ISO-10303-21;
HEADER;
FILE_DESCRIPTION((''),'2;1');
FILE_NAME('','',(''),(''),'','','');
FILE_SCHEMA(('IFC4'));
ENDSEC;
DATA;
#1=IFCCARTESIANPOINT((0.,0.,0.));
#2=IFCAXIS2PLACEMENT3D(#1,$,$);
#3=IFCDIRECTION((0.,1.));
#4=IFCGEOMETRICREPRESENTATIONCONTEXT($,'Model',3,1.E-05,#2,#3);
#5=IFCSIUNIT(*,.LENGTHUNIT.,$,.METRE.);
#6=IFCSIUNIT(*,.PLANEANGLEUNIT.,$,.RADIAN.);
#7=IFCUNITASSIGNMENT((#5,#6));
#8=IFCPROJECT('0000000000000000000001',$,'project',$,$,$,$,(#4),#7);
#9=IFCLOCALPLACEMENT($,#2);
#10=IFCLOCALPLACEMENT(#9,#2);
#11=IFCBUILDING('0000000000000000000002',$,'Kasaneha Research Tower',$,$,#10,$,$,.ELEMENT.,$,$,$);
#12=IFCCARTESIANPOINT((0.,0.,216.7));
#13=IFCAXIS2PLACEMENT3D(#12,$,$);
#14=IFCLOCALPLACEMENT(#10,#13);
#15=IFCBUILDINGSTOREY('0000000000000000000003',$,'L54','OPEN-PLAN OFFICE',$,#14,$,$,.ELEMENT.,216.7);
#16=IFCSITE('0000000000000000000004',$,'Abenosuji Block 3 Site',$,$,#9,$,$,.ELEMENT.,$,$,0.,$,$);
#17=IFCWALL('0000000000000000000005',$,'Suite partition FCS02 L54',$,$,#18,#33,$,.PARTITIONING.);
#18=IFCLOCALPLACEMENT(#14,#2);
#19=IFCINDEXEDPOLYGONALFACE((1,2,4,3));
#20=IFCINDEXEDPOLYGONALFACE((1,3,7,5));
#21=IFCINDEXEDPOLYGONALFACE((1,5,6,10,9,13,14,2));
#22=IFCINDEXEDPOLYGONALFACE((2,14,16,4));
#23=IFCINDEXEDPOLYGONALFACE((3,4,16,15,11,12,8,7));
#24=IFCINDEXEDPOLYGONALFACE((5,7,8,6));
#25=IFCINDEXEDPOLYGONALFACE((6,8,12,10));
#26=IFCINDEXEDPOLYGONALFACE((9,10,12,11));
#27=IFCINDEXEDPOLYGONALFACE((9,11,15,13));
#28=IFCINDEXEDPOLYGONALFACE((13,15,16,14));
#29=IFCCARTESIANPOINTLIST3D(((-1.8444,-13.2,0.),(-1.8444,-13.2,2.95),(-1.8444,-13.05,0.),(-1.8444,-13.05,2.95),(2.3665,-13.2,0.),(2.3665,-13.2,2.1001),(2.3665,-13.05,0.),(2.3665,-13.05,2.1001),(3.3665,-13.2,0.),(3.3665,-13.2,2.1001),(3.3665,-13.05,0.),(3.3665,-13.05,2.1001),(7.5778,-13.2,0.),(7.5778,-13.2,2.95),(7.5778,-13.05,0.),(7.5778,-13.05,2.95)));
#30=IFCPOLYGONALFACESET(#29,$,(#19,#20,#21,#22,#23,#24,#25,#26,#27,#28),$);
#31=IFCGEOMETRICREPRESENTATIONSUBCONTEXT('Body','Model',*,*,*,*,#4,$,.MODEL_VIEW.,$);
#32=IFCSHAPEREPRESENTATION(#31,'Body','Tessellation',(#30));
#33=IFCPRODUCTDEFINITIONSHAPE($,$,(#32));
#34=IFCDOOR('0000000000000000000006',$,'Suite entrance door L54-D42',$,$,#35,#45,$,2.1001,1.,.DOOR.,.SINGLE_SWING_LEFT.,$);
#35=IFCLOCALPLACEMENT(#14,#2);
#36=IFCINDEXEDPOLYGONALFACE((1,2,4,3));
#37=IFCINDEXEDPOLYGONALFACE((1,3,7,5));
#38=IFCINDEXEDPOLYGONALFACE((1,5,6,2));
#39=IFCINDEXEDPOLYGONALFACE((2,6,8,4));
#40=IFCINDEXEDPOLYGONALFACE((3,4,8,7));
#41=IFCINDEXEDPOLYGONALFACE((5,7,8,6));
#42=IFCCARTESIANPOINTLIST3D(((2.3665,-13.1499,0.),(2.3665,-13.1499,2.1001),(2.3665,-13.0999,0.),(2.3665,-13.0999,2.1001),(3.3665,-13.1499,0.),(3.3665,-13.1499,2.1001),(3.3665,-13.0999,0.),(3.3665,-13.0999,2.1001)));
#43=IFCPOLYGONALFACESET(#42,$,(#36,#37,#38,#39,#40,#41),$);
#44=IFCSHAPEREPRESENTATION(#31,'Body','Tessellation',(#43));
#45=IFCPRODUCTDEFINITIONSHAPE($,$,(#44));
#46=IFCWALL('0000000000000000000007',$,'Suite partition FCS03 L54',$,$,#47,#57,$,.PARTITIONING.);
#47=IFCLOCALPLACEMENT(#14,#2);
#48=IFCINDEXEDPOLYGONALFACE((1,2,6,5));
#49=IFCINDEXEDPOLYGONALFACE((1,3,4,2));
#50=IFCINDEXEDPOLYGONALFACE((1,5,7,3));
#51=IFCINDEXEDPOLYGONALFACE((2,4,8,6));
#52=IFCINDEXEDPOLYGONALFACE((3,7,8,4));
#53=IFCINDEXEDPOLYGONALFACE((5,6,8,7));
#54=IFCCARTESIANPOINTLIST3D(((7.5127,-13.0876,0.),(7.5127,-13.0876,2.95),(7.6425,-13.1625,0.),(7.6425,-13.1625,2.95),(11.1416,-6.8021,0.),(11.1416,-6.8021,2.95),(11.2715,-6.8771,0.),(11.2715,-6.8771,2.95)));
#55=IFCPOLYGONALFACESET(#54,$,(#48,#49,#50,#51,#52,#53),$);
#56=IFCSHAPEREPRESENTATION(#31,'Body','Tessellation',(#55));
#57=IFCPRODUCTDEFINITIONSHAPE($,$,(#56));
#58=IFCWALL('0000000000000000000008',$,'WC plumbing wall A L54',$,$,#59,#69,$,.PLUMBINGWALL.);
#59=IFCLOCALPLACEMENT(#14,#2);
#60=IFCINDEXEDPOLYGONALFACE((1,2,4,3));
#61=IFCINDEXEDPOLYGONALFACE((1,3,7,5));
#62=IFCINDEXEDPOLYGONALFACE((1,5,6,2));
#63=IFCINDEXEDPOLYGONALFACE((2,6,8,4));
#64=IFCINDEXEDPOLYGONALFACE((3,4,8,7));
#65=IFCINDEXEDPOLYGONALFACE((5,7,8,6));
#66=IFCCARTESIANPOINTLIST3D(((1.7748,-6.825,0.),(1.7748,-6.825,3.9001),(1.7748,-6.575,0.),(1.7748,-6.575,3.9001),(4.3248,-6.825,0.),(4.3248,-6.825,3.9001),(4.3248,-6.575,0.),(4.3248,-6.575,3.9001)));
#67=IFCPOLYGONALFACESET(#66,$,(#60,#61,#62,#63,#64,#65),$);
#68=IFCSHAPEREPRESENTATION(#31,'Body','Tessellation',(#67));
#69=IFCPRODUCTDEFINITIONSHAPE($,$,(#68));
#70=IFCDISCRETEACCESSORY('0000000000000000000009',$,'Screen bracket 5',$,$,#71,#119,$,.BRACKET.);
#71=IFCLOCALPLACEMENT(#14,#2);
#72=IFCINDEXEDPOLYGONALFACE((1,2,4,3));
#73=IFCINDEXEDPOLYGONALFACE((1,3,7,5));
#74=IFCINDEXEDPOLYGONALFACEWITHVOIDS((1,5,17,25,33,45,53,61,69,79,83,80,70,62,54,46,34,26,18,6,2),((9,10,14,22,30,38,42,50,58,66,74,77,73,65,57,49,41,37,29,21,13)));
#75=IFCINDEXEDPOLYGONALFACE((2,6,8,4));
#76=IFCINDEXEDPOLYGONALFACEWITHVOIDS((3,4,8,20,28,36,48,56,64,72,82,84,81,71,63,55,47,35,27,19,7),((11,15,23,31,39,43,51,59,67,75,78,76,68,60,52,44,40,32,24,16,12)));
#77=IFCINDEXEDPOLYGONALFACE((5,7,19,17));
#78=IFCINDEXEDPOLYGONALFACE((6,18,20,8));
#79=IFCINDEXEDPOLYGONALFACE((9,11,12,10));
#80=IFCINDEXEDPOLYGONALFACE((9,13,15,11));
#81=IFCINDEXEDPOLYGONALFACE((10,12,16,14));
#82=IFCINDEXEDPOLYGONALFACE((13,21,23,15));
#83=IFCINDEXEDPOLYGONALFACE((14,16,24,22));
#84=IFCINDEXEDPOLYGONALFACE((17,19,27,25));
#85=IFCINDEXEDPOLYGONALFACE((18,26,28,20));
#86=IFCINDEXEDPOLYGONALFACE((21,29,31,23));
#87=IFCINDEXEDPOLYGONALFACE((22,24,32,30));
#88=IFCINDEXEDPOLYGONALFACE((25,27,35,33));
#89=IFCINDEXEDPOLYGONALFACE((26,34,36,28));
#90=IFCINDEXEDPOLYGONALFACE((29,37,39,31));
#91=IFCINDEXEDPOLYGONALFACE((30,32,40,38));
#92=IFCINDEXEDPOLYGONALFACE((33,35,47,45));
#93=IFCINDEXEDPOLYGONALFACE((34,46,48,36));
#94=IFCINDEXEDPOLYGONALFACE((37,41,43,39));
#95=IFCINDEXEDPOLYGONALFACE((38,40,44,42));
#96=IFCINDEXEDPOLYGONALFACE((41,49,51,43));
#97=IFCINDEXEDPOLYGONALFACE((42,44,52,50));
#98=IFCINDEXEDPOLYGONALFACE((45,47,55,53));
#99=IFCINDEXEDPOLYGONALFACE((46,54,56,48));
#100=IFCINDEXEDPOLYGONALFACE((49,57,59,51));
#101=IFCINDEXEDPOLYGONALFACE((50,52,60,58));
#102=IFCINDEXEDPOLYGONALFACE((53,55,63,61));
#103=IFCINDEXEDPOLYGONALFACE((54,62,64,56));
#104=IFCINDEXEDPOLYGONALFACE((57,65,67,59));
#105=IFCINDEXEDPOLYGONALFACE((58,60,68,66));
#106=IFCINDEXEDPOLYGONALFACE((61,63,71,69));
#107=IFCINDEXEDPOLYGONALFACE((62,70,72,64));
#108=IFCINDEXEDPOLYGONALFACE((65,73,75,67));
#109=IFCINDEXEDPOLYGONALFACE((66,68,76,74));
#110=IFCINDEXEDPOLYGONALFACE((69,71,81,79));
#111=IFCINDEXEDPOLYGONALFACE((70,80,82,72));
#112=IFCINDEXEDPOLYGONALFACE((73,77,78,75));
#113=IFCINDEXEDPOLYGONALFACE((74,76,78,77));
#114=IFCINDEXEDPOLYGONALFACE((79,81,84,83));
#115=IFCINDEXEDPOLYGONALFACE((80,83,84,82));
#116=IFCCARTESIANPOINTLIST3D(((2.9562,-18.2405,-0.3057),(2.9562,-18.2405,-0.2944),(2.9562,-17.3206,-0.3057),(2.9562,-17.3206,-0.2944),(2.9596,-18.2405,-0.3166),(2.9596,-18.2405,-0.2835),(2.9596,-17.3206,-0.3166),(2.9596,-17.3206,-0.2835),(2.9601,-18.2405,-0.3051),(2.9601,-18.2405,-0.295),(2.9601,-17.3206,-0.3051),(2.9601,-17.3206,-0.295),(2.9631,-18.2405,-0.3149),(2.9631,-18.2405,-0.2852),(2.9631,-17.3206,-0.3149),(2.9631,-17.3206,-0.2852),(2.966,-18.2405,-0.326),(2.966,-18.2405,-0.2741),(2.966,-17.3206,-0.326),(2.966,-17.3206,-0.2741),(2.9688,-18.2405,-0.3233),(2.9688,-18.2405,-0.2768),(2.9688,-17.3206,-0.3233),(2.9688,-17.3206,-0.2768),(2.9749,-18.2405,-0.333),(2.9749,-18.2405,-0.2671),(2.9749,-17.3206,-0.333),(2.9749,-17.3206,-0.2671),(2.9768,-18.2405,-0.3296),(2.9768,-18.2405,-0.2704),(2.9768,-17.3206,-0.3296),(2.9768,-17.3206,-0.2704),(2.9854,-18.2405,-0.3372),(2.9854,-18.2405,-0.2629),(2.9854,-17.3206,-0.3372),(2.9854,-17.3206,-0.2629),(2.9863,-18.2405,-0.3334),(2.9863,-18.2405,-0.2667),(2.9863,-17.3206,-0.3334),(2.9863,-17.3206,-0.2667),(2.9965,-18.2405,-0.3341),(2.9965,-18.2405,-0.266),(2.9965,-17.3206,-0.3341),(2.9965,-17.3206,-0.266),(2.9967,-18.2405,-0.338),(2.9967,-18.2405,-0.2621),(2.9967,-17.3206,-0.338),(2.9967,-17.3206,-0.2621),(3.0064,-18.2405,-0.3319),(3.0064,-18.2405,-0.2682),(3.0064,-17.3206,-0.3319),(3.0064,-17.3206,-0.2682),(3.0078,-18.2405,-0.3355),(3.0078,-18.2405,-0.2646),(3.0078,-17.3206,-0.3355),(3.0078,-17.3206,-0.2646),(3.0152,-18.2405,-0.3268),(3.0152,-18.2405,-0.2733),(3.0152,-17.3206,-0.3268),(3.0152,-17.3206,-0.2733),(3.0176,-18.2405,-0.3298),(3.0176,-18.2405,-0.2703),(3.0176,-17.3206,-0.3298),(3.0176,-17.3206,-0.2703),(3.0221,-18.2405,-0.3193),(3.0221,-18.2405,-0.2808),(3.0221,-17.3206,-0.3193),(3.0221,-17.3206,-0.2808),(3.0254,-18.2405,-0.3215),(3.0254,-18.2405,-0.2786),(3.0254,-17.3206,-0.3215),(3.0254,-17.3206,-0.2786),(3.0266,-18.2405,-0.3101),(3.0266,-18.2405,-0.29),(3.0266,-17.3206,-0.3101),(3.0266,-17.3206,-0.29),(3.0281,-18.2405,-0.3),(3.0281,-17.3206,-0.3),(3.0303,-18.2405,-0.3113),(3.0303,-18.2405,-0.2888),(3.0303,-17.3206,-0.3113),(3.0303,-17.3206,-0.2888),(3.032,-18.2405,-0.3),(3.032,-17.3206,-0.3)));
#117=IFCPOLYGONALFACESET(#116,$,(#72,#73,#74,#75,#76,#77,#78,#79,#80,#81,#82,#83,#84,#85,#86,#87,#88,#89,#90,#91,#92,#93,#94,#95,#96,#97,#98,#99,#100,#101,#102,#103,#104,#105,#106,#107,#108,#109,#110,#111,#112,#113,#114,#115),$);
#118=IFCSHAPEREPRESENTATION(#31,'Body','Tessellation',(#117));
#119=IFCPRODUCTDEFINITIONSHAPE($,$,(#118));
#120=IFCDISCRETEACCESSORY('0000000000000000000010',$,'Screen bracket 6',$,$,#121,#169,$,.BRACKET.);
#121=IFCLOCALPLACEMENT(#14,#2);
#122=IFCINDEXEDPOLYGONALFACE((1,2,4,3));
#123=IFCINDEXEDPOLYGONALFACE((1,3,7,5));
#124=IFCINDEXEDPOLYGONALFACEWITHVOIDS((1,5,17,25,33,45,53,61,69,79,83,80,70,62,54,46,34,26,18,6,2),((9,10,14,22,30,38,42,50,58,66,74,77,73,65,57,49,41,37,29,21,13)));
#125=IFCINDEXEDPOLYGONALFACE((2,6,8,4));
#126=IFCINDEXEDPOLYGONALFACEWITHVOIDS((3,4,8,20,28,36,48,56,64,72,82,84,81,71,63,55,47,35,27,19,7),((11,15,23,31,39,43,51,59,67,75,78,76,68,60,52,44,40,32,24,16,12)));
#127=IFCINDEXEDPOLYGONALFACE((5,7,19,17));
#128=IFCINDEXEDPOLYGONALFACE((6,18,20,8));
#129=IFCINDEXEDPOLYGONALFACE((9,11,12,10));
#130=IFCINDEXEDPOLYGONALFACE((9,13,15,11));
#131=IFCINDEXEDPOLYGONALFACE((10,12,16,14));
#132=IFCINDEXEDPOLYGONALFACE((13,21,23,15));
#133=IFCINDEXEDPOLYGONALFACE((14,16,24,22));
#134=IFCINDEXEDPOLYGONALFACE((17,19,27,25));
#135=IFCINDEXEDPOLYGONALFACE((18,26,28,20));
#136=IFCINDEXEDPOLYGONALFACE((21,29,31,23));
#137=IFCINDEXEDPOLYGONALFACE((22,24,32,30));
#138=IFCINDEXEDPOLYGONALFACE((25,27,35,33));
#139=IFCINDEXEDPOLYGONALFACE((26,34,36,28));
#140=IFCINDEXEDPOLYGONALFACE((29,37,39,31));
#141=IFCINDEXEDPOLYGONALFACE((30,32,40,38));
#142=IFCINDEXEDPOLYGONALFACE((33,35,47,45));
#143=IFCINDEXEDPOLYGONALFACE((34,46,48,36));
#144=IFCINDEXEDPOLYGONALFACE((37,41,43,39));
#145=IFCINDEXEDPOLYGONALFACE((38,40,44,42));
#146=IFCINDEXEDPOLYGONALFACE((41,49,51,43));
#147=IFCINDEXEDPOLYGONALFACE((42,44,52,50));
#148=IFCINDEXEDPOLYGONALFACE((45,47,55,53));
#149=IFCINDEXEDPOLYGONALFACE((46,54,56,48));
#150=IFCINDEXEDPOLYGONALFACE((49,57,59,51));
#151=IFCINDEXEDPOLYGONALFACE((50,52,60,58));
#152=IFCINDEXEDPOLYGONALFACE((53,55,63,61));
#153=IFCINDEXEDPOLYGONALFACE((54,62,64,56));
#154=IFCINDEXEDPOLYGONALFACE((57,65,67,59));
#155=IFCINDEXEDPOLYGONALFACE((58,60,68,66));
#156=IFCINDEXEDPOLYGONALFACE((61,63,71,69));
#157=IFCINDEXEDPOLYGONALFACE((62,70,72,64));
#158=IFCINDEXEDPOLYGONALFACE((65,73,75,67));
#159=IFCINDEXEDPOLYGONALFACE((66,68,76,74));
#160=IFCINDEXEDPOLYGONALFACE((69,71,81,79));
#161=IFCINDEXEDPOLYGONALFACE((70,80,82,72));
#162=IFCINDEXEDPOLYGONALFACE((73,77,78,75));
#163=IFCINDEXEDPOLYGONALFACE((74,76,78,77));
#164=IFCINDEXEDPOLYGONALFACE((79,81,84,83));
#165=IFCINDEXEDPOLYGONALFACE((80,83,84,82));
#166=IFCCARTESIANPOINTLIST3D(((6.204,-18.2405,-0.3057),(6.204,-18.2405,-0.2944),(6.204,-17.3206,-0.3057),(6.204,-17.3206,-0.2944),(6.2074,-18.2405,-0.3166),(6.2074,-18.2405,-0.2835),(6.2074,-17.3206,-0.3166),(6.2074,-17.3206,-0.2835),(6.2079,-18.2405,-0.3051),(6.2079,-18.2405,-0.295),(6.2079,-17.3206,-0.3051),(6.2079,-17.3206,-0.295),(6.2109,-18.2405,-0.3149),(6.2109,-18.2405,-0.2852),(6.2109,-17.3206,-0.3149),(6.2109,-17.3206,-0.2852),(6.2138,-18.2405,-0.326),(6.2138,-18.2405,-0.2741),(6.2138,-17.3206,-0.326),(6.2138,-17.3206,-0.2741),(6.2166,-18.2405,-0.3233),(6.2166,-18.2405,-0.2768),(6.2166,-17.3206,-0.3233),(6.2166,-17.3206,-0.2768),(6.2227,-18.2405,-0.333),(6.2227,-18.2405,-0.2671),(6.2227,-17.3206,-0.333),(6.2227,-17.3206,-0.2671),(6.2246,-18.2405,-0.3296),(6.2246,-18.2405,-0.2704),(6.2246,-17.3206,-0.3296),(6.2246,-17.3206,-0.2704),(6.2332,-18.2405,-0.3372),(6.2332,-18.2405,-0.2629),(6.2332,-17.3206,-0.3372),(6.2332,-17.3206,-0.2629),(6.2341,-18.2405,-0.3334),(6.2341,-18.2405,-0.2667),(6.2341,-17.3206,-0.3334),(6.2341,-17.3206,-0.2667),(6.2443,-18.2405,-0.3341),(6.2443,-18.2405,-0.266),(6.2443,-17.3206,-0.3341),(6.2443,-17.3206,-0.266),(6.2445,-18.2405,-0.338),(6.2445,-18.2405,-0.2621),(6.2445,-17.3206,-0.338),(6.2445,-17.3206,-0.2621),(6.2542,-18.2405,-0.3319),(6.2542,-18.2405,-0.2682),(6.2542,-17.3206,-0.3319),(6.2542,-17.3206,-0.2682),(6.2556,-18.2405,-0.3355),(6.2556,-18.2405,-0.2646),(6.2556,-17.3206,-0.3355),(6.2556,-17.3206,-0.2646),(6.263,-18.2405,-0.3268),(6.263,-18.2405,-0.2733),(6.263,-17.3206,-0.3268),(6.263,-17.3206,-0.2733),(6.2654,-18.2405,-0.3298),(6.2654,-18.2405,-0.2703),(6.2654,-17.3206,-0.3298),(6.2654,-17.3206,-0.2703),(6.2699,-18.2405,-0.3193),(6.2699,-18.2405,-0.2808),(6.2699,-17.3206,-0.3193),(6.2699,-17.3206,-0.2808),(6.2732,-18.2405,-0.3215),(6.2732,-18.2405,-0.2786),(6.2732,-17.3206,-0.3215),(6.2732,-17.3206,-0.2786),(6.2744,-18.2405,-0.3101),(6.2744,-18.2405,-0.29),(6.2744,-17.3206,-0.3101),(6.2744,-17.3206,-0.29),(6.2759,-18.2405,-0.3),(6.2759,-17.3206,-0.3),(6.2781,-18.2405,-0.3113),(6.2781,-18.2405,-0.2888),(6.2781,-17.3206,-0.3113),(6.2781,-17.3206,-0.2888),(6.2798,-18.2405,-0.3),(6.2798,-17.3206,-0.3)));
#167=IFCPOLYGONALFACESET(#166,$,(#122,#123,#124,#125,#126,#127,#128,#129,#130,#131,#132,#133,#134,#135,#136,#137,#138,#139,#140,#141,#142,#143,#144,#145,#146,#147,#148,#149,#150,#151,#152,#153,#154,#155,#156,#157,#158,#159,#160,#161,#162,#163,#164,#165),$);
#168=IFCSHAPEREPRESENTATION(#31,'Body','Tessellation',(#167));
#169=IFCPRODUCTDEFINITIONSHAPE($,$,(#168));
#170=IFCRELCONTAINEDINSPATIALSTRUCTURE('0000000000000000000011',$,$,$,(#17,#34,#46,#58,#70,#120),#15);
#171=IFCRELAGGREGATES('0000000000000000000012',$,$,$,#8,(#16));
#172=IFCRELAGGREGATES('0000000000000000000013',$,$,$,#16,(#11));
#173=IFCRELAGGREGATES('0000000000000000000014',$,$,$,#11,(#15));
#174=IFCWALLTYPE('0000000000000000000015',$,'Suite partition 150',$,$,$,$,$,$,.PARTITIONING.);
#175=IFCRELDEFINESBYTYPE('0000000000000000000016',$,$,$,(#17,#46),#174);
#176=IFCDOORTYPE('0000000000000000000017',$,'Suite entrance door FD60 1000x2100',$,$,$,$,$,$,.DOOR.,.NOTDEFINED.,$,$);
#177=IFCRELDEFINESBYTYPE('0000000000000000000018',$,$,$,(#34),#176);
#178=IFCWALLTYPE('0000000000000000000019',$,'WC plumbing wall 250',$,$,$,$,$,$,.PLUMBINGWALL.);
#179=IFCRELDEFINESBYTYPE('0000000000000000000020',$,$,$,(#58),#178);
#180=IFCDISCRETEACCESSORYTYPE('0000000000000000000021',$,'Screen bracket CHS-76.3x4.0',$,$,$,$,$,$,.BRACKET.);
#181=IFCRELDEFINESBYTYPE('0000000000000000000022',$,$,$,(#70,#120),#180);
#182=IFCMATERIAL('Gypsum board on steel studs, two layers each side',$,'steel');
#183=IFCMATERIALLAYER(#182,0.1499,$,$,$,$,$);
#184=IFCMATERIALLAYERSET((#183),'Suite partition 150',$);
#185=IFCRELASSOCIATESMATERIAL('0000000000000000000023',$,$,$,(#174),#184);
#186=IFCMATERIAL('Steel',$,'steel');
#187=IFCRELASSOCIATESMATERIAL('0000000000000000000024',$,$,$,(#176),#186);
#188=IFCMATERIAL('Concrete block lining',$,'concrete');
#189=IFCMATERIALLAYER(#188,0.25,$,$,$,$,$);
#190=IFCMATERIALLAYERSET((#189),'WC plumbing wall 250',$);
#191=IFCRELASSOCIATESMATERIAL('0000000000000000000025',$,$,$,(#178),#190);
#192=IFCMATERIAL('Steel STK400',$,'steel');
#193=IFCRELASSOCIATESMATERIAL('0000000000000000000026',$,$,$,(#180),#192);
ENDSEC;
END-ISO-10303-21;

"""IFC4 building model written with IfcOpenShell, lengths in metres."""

from ifc_helpers import new_model, si_unit, direction, frame, frame_2d, origin, origin_2d, place, context, subcontext, project, spatial, rectangle, hollow_circle, extrude, material, layer, layer_set, material_profile, profile_set, type_object, element, fill, save


model = new_model("IFC4")

# Units and contexts
model_context = context("Model", 3, precision=1e-05, world=origin(), true_north=direction((0.0, 1.0)))
body_context = subcontext(model_context, "Body", "Model", "MODEL_VIEW")
ifc_project = project(units=[si_unit("LENGTHUNIT", "METRE"), si_unit("PLANEANGLEUNIT", "RADIAN")], contexts=[model_context])

# Site, building, storey
site_placement = place(None, origin())
site = spatial("IfcSite", under=ifc_project, at=site_placement, Name="Abenosuji Block 3 Site", CompositionType="ELEMENT", RefElevation=0.0)
building_placement = place(site_placement, origin())
building = spatial("IfcBuilding", under=site, at=building_placement, Name="Kasaneha Research Tower", CompositionType="ELEMENT")
storey_placement = place(building_placement, frame((0.0, 0.0, 216.7)))
storey = spatial("IfcBuildingStorey", under=building, at=storey_placement, Name="L54", Description="OPEN-PLAN OFFICE", CompositionType="ELEMENT", Elevation=216.7)

# Wall, opening, door
ifc_material_1 = material(Name="Gypsum board on steel studs, two layers each side", Category="steel")
ifc_layer_1 = layer(ifc_material_1, 0.1499)
ifc_layer_set_1 = layer_set([ifc_layer_1], Name="Suite partition 150")
wall_type_1 = type_object("IfcWallType", Name="Suite partition 150", PredefinedType="PARTITIONING", material=ifc_layer_set_1)
wall_1_placement = place(storey_placement, frame((7.5776, -13.125, 0.0), z_axis=(0.0, 0.0, 1.0), x_axis=(-1.0, 0.0, 0.0)))
wall_1 = element("IfcWall", 1, at=wall_1_placement, inside=storey, type_object=wall_type_1, Name="Suite partition FCS02 L54", PredefinedType="PARTITIONING", context=body_context, shape_type="SweptSolid", body=[
    extrude(rectangle(XDim=9.4221, YDim=0.1499, at=frame_2d((4.7109, 0.0))), origin(), (0.0, 0.0, 1.0), 2.95),
])
opening_1_placement = place(wall_1_placement, frame((4.2112, 0.0, 0.0)))
opening_1 = element("IfcOpeningElement", 2, at=opening_1_placement, cuts=wall_1, PredefinedType="OPENING", context=body_context, shape_type="SweptSolid", body=[
    extrude(rectangle(XDim=1.0, YDim=2.1001, at=frame_2d((0.5, 1.05))), frame((0.0, 0.085, 0.0), z_axis=(0.0, -1.0, 0.0), x_axis=(1.0, 0.0, 0.0)), (0.0, 0.0, 1.0), 0.1699),
])
ifc_material_2 = material(Name="Steel", Category="steel")
door_type_1 = type_object("IfcDoorType", Name="Suite entrance door FD60 1000x2100", OperationType="NOTDEFINED", PredefinedType="DOOR", material=ifc_material_2)
door_1_placement = place(opening_1_placement, origin())
door_1 = element("IfcDoor", 3, at=door_1_placement, inside=storey, type_object=door_type_1, Name="Suite entrance door L54-D42", OperationType="SINGLE_SWING_LEFT", OverallHeight=2.1001, OverallWidth=1.0, PredefinedType="DOOR", context=body_context, shape_type="SweptSolid", body=[
    extrude(rectangle(XDim=1.0, YDim=2.1001, at=frame_2d((0.5, 1.05))), frame((0.0, 0.0249, 0.0), z_axis=(0.0, -1.0, 0.0), x_axis=(1.0, 0.0, 0.0)), (0.0, 0.0, 1.0), 0.05),
])
fill(opening_1, door_1)

# Walls
wall_2_placement = place(storey_placement, frame((11.2065, -6.8396, 0.0), z_axis=(0.0, 0.0, 1.0), x_axis=(-0.500003, -0.866024, 0.0)))
element("IfcWall", 4, at=wall_2_placement, inside=storey, type_object=wall_type_1, Name="Suite partition FCS03 L54", PredefinedType="PARTITIONING", context=body_context, shape_type="SweptSolid", body=[
    extrude(rectangle(XDim=7.2578, YDim=0.1499, at=frame_2d((3.6289, 0.0))), origin(), (0.0, 0.0, 1.0), 2.95),
])
ifc_material_3 = material(Name="Concrete block lining", Category="concrete")
ifc_layer_2 = layer(ifc_material_3, 0.25)
ifc_layer_set_2 = layer_set([ifc_layer_2], Name="WC plumbing wall 250")
wall_type_2 = type_object("IfcWallType", Name="WC plumbing wall 250", PredefinedType="PLUMBINGWALL", material=ifc_layer_set_2)
wall_3_placement = place(storey_placement, frame((1.7749, -6.7, 0.0), z_axis=(0.0, 0.0, 1.0), x_axis=(1.0, 0.0, 0.0)))
element("IfcWall", 5, at=wall_3_placement, inside=storey, type_object=wall_type_2, Name="WC plumbing wall A L54", PredefinedType="PLUMBINGWALL", context=body_context, shape_type="SweptSolid", body=[
    extrude(rectangle(XDim=2.55, YDim=0.25, at=frame_2d((1.2749, 0.0))), origin(), (0.0, 0.0, 1.0), 3.9001),
])

# Discrete accessories
ifc_material_4 = material(Name="Steel STK400", Category="steel")
ifc_material_profile_1 = material_profile(ifc_material_4, hollow_circle(Radius=0.0381, WallThickness=0.0039, at=origin_2d()), Name="CHS-76.3x4.0")
ifc_profile_set_1 = profile_set([ifc_material_profile_1], Name="Steel STK400")
discrete_accessory_type = type_object("IfcDiscreteAccessoryType", Name="Screen bracket CHS-76.3x4.0", PredefinedType="BRACKET", material=ifc_profile_set_1)
for number, where, z_axis, x_axis, name in (
    (6, (2.9939, -17.3206, -0.3), (0.0, -1.0, 0.0), (1.0, 0.0, 0.0), "Screen bracket 5"),
    (7, (6.2417, -17.3206, -0.3), (0.0, -1.0, 0.0), (1.0, 0.0, 0.0), "Screen bracket 6"),
):
    element("IfcDiscreteAccessory", number, at=place(storey_placement, frame(where, z_axis=z_axis, x_axis=x_axis)), inside=storey, type_object=discrete_accessory_type, Name=name, PredefinedType="BRACKET", context=body_context, shape_type="SweptSolid", body=[
        extrude(hollow_circle(Radius=0.0381, WallThickness=0.0039, at=origin_2d()), origin(), (0.0, 0.0, 1.0), 0.9199),
    ])

save(model, "model.ifc")
